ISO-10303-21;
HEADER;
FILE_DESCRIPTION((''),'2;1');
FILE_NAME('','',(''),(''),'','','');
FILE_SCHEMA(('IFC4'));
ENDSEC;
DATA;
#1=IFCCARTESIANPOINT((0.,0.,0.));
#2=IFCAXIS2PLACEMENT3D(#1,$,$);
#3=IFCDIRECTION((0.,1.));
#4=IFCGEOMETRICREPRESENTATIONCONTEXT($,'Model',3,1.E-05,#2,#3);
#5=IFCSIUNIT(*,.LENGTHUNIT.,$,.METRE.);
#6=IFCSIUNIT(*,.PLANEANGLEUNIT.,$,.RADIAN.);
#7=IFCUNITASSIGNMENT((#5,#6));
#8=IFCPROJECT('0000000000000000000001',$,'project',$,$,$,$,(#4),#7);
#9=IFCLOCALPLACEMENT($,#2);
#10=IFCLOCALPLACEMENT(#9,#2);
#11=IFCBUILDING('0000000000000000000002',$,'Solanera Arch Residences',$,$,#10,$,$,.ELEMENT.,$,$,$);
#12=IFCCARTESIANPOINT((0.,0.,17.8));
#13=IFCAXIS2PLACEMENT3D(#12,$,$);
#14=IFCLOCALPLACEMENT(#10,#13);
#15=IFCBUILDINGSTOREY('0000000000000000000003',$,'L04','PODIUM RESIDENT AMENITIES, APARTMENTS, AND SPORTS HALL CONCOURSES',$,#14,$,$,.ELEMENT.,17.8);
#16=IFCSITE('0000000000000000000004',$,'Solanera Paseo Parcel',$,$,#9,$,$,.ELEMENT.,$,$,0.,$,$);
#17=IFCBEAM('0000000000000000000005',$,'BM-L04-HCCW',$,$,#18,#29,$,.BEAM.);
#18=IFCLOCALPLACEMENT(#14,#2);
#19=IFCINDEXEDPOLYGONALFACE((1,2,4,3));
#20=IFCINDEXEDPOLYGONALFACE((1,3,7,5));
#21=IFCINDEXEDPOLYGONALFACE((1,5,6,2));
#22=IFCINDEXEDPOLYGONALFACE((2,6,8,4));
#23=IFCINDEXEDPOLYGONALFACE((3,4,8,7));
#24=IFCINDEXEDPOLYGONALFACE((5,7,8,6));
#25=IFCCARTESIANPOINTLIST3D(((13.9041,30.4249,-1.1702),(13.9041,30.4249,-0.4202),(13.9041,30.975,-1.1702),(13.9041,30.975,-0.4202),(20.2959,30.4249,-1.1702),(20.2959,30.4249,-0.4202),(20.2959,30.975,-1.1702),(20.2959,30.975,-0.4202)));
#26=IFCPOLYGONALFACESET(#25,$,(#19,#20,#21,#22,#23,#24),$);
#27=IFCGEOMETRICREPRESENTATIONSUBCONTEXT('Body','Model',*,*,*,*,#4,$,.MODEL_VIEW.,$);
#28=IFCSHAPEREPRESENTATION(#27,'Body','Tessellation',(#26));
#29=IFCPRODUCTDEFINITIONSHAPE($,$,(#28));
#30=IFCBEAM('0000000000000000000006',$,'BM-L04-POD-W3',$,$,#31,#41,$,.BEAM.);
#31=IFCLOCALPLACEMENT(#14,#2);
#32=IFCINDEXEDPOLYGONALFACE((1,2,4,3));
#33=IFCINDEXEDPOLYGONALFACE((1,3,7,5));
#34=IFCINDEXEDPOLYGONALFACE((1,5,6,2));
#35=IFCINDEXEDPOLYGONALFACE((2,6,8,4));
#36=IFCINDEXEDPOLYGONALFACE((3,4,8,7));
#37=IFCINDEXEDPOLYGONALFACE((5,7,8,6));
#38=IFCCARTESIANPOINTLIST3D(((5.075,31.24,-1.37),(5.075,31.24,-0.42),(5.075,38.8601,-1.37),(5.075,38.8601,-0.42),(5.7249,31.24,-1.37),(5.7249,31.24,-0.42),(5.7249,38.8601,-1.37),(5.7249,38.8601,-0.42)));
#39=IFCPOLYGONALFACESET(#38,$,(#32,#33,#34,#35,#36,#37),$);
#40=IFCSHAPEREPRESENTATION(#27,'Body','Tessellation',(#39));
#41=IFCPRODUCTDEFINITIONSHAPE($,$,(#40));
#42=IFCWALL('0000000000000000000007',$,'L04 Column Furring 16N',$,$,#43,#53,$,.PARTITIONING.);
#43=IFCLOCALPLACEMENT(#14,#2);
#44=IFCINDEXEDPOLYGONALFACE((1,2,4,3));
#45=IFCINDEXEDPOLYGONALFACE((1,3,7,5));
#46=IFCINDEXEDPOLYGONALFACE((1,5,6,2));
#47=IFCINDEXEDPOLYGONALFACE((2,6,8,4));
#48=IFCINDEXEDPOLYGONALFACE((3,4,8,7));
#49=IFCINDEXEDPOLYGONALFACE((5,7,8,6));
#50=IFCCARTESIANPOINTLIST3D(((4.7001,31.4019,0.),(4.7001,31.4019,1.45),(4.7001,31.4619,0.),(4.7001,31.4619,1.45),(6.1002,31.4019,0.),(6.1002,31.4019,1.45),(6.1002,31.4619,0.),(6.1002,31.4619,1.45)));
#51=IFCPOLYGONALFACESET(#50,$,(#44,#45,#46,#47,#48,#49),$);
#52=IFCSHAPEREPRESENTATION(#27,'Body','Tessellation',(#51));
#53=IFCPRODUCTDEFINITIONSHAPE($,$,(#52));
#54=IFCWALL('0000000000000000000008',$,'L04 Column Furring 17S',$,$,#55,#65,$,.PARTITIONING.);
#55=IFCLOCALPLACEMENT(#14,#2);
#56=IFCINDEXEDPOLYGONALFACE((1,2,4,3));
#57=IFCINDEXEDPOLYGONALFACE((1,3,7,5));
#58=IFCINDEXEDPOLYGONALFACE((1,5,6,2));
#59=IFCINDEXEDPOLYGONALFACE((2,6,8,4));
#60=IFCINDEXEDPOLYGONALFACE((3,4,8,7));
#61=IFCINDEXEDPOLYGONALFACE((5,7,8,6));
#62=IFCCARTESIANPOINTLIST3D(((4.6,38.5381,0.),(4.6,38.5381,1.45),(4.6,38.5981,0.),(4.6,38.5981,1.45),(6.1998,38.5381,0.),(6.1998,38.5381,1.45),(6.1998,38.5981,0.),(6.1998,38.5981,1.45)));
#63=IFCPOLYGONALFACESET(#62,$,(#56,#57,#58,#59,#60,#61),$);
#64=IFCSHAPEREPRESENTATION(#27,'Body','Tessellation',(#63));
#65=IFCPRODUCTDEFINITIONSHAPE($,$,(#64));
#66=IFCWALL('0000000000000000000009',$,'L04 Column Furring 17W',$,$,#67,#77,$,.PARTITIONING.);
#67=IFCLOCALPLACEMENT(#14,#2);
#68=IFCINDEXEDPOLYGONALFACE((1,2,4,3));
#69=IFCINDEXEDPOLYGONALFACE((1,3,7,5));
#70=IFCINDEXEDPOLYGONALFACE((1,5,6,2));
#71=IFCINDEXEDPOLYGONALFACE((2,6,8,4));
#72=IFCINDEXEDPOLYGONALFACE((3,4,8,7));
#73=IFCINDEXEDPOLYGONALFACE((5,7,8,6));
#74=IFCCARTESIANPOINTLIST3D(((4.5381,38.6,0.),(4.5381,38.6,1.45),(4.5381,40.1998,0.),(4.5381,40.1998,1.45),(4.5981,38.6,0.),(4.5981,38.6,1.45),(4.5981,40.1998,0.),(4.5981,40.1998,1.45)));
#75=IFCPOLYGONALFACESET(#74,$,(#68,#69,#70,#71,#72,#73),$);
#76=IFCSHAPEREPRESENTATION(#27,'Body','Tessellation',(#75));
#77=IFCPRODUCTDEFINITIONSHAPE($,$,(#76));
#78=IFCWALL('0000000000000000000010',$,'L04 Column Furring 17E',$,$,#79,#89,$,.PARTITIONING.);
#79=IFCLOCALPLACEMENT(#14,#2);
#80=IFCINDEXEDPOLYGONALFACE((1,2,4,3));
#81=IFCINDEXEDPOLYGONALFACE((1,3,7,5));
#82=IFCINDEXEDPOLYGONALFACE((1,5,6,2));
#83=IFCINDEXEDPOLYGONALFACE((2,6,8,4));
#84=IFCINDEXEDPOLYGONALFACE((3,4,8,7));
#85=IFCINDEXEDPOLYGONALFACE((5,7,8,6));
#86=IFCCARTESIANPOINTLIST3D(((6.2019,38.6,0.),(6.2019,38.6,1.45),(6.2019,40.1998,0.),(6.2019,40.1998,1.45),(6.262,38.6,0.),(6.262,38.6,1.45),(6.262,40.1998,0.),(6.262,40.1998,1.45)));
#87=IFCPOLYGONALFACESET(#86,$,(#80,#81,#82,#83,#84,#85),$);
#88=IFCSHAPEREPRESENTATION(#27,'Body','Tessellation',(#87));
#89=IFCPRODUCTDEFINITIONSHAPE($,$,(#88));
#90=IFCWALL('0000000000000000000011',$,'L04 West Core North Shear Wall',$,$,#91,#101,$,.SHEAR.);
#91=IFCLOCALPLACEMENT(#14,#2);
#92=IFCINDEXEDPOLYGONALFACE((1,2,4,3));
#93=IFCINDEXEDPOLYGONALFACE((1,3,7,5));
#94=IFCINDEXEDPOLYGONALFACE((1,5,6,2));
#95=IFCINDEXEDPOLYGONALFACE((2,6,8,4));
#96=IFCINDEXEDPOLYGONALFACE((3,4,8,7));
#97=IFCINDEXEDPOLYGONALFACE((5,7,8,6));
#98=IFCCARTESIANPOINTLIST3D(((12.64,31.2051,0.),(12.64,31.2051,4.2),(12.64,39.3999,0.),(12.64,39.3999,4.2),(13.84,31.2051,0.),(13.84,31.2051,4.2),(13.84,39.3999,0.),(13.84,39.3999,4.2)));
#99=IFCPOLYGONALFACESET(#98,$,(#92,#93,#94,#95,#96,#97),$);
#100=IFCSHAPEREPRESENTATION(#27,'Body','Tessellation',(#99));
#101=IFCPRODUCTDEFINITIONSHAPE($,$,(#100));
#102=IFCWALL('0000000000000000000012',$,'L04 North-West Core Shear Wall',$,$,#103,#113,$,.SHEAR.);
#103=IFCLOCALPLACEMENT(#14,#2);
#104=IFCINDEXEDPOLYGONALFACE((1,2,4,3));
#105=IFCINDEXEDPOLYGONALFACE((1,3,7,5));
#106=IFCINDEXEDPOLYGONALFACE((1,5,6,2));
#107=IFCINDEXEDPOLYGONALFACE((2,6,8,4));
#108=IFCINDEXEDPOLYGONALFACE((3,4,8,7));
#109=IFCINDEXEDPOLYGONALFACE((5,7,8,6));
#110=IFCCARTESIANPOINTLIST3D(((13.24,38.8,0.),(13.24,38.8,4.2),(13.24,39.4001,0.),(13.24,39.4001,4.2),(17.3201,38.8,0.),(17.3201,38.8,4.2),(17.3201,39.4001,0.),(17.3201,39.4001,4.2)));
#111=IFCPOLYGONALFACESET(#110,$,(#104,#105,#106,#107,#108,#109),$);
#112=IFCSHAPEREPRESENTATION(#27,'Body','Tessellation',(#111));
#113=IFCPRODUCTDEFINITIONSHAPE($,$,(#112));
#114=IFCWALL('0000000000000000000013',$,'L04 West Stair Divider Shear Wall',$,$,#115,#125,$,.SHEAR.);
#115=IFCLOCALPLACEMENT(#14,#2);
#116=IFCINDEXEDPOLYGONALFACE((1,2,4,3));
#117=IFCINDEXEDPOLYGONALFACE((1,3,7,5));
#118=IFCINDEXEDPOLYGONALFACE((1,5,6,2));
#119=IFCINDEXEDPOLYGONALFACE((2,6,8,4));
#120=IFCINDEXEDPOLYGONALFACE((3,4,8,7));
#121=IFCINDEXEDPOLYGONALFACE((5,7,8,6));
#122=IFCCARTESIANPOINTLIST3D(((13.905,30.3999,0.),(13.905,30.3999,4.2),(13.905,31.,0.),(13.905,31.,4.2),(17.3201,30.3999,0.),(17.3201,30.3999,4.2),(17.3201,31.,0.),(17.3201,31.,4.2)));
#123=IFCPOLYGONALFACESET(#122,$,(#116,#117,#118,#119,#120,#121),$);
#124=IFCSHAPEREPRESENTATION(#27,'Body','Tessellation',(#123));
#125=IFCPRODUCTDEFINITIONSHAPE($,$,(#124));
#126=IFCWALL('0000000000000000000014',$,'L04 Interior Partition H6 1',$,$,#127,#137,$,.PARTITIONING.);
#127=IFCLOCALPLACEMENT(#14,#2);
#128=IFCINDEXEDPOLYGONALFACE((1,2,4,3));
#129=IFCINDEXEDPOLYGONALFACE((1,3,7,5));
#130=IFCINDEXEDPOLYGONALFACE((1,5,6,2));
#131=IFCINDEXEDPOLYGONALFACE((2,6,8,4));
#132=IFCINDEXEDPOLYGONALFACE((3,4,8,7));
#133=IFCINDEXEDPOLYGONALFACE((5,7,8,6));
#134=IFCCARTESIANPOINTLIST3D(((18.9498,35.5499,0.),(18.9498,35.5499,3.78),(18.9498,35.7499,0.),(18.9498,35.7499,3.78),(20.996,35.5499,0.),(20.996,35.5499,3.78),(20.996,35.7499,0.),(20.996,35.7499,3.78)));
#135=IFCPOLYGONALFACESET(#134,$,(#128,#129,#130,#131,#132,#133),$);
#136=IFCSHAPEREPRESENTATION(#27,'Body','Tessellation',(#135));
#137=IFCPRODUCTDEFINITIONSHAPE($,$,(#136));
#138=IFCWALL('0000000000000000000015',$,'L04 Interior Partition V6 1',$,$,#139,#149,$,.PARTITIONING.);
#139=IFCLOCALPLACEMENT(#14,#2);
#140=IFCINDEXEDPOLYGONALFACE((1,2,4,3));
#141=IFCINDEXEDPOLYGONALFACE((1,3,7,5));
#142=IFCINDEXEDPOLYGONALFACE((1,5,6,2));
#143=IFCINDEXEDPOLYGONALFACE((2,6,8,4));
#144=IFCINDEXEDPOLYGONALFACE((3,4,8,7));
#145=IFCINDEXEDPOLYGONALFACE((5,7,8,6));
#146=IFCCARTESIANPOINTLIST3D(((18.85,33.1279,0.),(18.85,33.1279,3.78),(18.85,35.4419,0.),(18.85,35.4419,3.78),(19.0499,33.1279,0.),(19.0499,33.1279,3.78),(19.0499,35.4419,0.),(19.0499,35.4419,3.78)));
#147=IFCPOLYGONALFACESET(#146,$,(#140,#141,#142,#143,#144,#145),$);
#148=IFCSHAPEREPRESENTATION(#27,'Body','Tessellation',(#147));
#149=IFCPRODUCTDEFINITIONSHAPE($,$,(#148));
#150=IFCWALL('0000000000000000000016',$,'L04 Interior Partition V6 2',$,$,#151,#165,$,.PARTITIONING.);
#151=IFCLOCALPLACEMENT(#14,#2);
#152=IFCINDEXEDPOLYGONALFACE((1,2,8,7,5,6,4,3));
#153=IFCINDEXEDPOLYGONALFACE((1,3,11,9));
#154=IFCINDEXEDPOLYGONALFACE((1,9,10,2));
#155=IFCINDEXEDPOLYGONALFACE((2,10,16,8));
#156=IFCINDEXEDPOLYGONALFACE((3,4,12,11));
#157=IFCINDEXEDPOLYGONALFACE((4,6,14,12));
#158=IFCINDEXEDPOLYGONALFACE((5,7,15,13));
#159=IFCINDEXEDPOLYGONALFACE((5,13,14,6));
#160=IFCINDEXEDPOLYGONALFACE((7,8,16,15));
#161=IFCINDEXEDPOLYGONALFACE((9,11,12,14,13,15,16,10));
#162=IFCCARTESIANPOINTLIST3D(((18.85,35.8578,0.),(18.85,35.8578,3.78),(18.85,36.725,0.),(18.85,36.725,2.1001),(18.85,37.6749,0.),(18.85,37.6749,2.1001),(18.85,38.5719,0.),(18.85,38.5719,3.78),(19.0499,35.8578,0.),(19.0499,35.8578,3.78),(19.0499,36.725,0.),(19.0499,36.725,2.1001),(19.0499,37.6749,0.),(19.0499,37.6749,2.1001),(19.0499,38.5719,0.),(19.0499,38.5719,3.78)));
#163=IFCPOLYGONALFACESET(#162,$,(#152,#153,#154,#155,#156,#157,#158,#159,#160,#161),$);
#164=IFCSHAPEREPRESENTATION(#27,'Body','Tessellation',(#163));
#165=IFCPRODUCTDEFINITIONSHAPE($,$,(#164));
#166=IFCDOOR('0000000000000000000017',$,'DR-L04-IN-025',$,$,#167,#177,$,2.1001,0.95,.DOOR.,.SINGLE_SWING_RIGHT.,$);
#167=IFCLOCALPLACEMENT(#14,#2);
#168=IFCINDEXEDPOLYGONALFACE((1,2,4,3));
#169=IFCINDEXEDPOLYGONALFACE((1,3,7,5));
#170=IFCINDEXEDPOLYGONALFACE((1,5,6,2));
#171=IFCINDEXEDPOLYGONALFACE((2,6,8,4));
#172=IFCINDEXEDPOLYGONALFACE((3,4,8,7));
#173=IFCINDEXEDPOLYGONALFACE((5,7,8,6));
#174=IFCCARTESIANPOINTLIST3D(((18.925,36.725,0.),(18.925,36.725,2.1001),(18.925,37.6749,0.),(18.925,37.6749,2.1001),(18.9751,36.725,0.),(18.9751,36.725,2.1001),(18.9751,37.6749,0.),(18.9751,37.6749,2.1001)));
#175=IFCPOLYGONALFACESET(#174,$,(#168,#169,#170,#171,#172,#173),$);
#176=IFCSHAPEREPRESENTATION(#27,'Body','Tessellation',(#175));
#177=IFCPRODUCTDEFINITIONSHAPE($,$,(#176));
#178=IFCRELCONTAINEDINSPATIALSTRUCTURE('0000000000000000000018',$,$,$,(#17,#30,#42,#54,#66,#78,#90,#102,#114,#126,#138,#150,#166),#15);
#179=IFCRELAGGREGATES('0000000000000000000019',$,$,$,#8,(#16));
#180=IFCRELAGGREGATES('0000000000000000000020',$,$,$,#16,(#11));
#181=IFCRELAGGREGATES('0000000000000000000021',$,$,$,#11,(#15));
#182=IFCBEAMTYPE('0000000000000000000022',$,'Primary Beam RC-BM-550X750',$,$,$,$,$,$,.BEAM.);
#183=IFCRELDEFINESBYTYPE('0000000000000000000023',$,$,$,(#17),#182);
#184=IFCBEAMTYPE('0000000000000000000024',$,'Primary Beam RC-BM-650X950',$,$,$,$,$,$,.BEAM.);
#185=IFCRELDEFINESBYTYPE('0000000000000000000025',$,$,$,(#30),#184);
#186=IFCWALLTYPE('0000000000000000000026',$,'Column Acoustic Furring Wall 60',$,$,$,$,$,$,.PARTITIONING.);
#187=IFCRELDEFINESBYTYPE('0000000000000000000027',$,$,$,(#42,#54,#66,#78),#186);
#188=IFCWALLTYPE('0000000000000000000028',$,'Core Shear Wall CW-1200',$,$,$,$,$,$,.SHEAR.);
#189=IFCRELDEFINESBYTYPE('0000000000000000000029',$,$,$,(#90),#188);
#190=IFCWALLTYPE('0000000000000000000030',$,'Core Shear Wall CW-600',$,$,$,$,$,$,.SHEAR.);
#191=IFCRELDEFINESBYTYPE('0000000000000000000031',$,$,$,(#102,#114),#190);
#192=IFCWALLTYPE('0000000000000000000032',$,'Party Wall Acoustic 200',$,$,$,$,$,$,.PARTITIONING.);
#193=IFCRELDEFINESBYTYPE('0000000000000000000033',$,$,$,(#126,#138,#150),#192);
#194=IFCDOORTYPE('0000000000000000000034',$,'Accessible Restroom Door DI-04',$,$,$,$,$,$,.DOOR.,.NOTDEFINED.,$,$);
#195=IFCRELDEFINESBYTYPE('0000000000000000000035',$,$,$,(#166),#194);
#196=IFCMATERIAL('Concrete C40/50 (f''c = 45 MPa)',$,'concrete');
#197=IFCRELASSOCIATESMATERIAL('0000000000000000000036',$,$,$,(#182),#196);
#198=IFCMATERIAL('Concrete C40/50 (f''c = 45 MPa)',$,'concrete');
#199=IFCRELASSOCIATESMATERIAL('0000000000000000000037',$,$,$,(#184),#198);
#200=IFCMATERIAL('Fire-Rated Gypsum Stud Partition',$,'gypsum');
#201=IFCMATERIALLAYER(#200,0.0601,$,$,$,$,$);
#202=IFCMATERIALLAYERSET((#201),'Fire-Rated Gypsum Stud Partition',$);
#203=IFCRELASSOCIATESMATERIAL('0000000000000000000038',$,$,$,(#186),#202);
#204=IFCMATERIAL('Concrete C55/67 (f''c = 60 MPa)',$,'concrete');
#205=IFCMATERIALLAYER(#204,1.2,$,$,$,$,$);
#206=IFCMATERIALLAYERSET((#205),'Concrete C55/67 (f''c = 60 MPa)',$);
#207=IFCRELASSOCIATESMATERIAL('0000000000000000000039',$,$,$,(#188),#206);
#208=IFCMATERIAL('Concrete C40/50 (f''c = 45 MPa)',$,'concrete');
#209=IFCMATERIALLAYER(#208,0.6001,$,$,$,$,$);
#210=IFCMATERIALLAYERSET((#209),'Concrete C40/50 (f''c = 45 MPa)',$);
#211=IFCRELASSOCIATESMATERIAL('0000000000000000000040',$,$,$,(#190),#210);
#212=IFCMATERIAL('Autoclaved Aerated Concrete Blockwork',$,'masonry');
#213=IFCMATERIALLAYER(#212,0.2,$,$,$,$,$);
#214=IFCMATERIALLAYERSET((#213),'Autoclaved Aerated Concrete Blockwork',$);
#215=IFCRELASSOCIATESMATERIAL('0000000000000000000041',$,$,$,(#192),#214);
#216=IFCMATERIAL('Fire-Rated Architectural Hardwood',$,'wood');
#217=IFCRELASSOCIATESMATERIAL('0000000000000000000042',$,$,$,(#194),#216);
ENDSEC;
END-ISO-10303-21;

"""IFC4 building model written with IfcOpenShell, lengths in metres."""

from ifc_helpers import new_model, si_unit, direction, frame, frame_2d, origin, origin_2d, place, context, subcontext, project, spatial, rectangle, extrude, material, layer, layer_set, material_profile, profile_set, type_object, element, fill, save


model = new_model("IFC4")

# Units and contexts
model_context = context("Model", 3, precision=1e-05, world=origin(), true_north=direction((0.0, 1.0)))
body_context = subcontext(model_context, "Body", "Model", "MODEL_VIEW")
ifc_project = project(units=[si_unit("LENGTHUNIT", "METRE"), si_unit("PLANEANGLEUNIT", "RADIAN")], contexts=[model_context])

# Site, building, storey
site_placement = place(None, origin())
site = spatial("IfcSite", under=ifc_project, at=site_placement, Name="Solanera Paseo Parcel", CompositionType="ELEMENT", RefElevation=0.0)
building_placement = place(site_placement, origin())
building = spatial("IfcBuilding", under=site, at=building_placement, Name="Solanera Arch Residences", CompositionType="ELEMENT")
storey_placement = place(building_placement, frame((0.0, 0.0, 17.8)))
storey = spatial("IfcBuildingStorey", under=building, at=storey_placement, Name="L04", Description="PODIUM RESIDENT AMENITIES, APARTMENTS, AND SPORTS HALL CONCOURSES", CompositionType="ELEMENT", Elevation=17.8)

# Beams
ifc_material_1 = material(Name="Concrete C40/50 (f'c = 45 MPa)", Category="concrete")
ifc_material_profile_1 = material_profile(ifc_material_1, rectangle(XDim=0.55, YDim=0.75, at=origin_2d()))
ifc_profile_set_1 = profile_set([ifc_material_profile_1], Name="Concrete C40/50 (f'c = 45 MPa)")
beam_type_1 = type_object("IfcBeamType", Name="Primary Beam RC-BM-550X750", PredefinedType="BEAM", material=ifc_profile_set_1)
beam_1_placement = place(storey_placement, frame((13.9041, 30.7, -0.7952), z_axis=(1.0, 0.0, 0.0), x_axis=(0.0, 1.0, 0.0)))
element("IfcBeam", 1, at=beam_1_placement, inside=storey, type_object=beam_type_1, Name="BM-L04-HCCW", PredefinedType="BEAM", context=body_context, shape_type="SweptSolid", body=[
    extrude(rectangle(XDim=0.55, YDim=0.75, at=origin_2d()), origin(), (0.0, 0.0, 1.0), 6.3918),
])
ifc_material_2 = material(Name="Concrete C40/50 (f'c = 45 MPa)", Category="concrete")
ifc_material_profile_2 = material_profile(ifc_material_2, rectangle(XDim=0.6499, YDim=0.95, at=origin_2d()))
ifc_profile_set_2 = profile_set([ifc_material_profile_2], Name="Concrete C40/50 (f'c = 45 MPa)")
beam_type_2 = type_object("IfcBeamType", Name="Primary Beam RC-BM-650X950", PredefinedType="BEAM", material=ifc_profile_set_2)
beam_2_placement = place(storey_placement, frame((5.3999, 31.24, -0.895), z_axis=(0.0, 1.0, 0.0), x_axis=(-1.0, 0.0, 0.0)))
element("IfcBeam", 2, at=beam_2_placement, inside=storey, type_object=beam_type_2, Name="BM-L04-POD-W3", PredefinedType="BEAM", context=body_context, shape_type="SweptSolid", body=[
    extrude(rectangle(XDim=0.6499, YDim=0.95, at=origin_2d()), origin(), (0.0, 0.0, 1.0), 7.6201),
])

# Walls
ifc_material_3 = material(Name="Fire-Rated Gypsum Stud Partition", Category="gypsum")
ifc_layer_1 = layer(ifc_material_3, 0.0601)
ifc_layer_set_1 = layer_set([ifc_layer_1], Name="Fire-Rated Gypsum Stud Partition")
wall_type_1 = type_object("IfcWallType", Name="Column Acoustic Furring Wall 60", PredefinedType="PARTITIONING", material=ifc_layer_set_1)
wall_1_placement = place(storey_placement, frame((4.7, 31.4319, 0.0), z_axis=(0.0, 0.0, 1.0), x_axis=(1.0, 0.0, 0.0)))
element("IfcWall", 3, at=wall_1_placement, inside=storey, type_object=wall_type_1, Name="L04 Column Furring 16N", PredefinedType="PARTITIONING", context=body_context, shape_type="SweptSolid", body=[
    extrude(rectangle(XDim=1.4001, YDim=0.0601, at=frame_2d((0.7002, 0.0))), origin(), (0.0, 0.0, 1.0), 1.45),
])
for number, where, z_axis, x_axis, name in (
    (4, (4.6001, 38.5681, 0.0), (0.0, 0.0, 1.0), (1.0, 0.0, 0.0), "L04 Column Furring 17S"),
    (5, (4.5681, 38.6001, 0.0), (0.0, 0.0, 1.0), (0.0, 1.0, 0.0), "L04 Column Furring 17W"),
    (6, (6.2319, 38.6001, 0.0), (0.0, 0.0, 1.0), (0.0, 1.0, 0.0), "L04 Column Furring 17E"),
):
    element("IfcWall", number, at=place(storey_placement, frame(where, z_axis=z_axis, x_axis=x_axis)), inside=storey, type_object=wall_type_1, Name=name, PredefinedType="PARTITIONING", context=body_context, shape_type="SweptSolid", body=[
        extrude(rectangle(XDim=1.5999, YDim=0.0601, at=frame_2d((0.7998, 0.0))), origin(), (0.0, 0.0, 1.0), 1.45),
    ])
ifc_material_4 = material(Name="Concrete C55/67 (f'c = 60 MPa)", Category="concrete")
ifc_layer_2 = layer(ifc_material_4, 1.2)
ifc_layer_set_2 = layer_set([ifc_layer_2], Name="Concrete C55/67 (f'c = 60 MPa)")
wall_type_2 = type_object("IfcWallType", Name="Core Shear Wall CW-1200", PredefinedType="SHEAR", material=ifc_layer_set_2)
wall_2_placement = place(storey_placement, frame((13.24, 31.2051, 0.0), z_axis=(0.0, 0.0, 1.0), x_axis=(0.0, 1.0, 0.0)))
element("IfcWall", 7, at=wall_2_placement, inside=storey, type_object=wall_type_2, Name="L04 West Core North Shear Wall", PredefinedType="SHEAR", context=body_context, shape_type="SweptSolid", body=[
    extrude(rectangle(XDim=8.1948, YDim=1.2, at=frame_2d((4.0974, 0.0))), origin(), (0.0, 0.0, 1.0), 4.2),
])

# Walls
ifc_material_5 = material(Name="Concrete C40/50 (f'c = 45 MPa)", Category="concrete")
ifc_layer_3 = layer(ifc_material_5, 0.6001)
ifc_layer_set_3 = layer_set([ifc_layer_3], Name="Concrete C40/50 (f'c = 45 MPa)")
wall_type_3 = type_object("IfcWallType", Name="Core Shear Wall CW-600", PredefinedType="SHEAR", material=ifc_layer_set_3)
wall_3_placement = place(storey_placement, frame((13.24, 39.1001, 0.0), z_axis=(0.0, 0.0, 1.0), x_axis=(1.0, 0.0, 0.0)))
element("IfcWall", 8, at=wall_3_placement, inside=storey, type_object=wall_type_3, Name="L04 North-West Core Shear Wall", PredefinedType="SHEAR", context=body_context, shape_type="SweptSolid", body=[
    extrude(rectangle(XDim=4.0801, YDim=0.6001, at=frame_2d((2.04, 0.0))), origin(), (0.0, 0.0, 1.0), 4.2),
])
wall_4_placement = place(storey_placement, frame((13.905, 30.7, 0.0), z_axis=(0.0, 0.0, 1.0), x_axis=(1.0, 0.0, 0.0)))
element("IfcWall", 9, at=wall_4_placement, inside=storey, type_object=wall_type_3, Name="L04 West Stair Divider Shear Wall", PredefinedType="SHEAR", context=body_context, shape_type="SweptSolid", body=[
    extrude(rectangle(XDim=3.415, YDim=0.6001, at=frame_2d((1.7075, 0.0))), origin(), (0.0, 0.0, 1.0), 4.2),
])
ifc_material_6 = material(Name="Autoclaved Aerated Concrete Blockwork", Category="masonry")
ifc_layer_4 = layer(ifc_material_6, 0.2)
ifc_layer_set_4 = layer_set([ifc_layer_4], Name="Autoclaved Aerated Concrete Blockwork")
wall_type_4 = type_object("IfcWallType", Name="Party Wall Acoustic 200", PredefinedType="PARTITIONING", material=ifc_layer_set_4)
wall_5_placement = place(storey_placement, frame((18.95, 35.6499, 0.0), z_axis=(0.0, 0.0, 1.0), x_axis=(1.0, 0.0, 0.0)))
element("IfcWall", 10, at=wall_5_placement, inside=storey, type_object=wall_type_4, Name="L04 Interior Partition H6 1", PredefinedType="PARTITIONING", context=body_context, shape_type="SweptSolid", body=[
    extrude(rectangle(XDim=2.0461, YDim=0.2, at=frame_2d((1.0229, 0.0))), origin(), (0.0, 0.0, 1.0), 3.78),
])
wall_6_placement = place(storey_placement, frame((18.95, 33.1279, 0.0), z_axis=(0.0, 0.0, 1.0), x_axis=(0.0, 1.0, 0.0)))
element("IfcWall", 11, at=wall_6_placement, inside=storey, type_object=wall_type_4, Name="L04 Interior Partition V6 1", PredefinedType="PARTITIONING", context=body_context, shape_type="SweptSolid", body=[
    extrude(rectangle(XDim=2.314, YDim=0.2, at=frame_2d((1.157, 0.0))), origin(), (0.0, 0.0, 1.0), 3.78),
])

# Wall, opening, door
wall_7_placement = place(storey_placement, frame((18.95, 35.8579, 0.0), z_axis=(0.0, 0.0, 1.0), x_axis=(0.0, 1.0, 0.0)))
wall_7 = element("IfcWall", 12, at=wall_7_placement, inside=storey, type_object=wall_type_4, Name="L04 Interior Partition V6 2", PredefinedType="PARTITIONING", context=body_context, shape_type="SweptSolid", body=[
    extrude(rectangle(XDim=2.7141, YDim=0.2, at=frame_2d((1.3569, 0.0))), origin(), (0.0, 0.0, 1.0), 3.78),
])
opening_1_placement = place(wall_7_placement, frame((0.8669, 0.0, 0.0)))
opening_1 = element("IfcOpeningElement", 13, at=opening_1_placement, cuts=wall_7, PredefinedType="OPENING", context=body_context, shape_type="SweptSolid", body=[
    extrude(rectangle(XDim=0.95, YDim=2.1001, at=frame_2d((0.4751, 1.05))), frame((0.0, 0.1101, 0.0), z_axis=(0.0, -1.0, 0.0), x_axis=(1.0, 0.0, 0.0)), (0.0, 0.0, 1.0), 0.22),
])
ifc_material_7 = material(Name="Fire-Rated Architectural Hardwood", Category="wood")
door_type_1 = type_object("IfcDoorType", Name="Accessible Restroom Door DI-04", OperationType="NOTDEFINED", PredefinedType="DOOR", material=ifc_material_7)
door_1_placement = place(opening_1_placement, origin())
door_1 = element("IfcDoor", 14, at=door_1_placement, inside=storey, type_object=door_type_1, Name="DR-L04-IN-025", OperationType="SINGLE_SWING_RIGHT", OverallHeight=2.1001, OverallWidth=0.95, PredefinedType="DOOR", context=body_context, shape_type="SweptSolid", body=[
    extrude(rectangle(XDim=0.95, YDim=2.1001, at=frame_2d((0.4751, 1.05))), frame((0.0, 0.0249, 0.0), z_axis=(0.0, -1.0, 0.0), x_axis=(1.0, 0.0, 0.0)), (0.0, 0.0, 1.0), 0.05),
])
fill(opening_1, door_1)

save(model, "model.ifc")
